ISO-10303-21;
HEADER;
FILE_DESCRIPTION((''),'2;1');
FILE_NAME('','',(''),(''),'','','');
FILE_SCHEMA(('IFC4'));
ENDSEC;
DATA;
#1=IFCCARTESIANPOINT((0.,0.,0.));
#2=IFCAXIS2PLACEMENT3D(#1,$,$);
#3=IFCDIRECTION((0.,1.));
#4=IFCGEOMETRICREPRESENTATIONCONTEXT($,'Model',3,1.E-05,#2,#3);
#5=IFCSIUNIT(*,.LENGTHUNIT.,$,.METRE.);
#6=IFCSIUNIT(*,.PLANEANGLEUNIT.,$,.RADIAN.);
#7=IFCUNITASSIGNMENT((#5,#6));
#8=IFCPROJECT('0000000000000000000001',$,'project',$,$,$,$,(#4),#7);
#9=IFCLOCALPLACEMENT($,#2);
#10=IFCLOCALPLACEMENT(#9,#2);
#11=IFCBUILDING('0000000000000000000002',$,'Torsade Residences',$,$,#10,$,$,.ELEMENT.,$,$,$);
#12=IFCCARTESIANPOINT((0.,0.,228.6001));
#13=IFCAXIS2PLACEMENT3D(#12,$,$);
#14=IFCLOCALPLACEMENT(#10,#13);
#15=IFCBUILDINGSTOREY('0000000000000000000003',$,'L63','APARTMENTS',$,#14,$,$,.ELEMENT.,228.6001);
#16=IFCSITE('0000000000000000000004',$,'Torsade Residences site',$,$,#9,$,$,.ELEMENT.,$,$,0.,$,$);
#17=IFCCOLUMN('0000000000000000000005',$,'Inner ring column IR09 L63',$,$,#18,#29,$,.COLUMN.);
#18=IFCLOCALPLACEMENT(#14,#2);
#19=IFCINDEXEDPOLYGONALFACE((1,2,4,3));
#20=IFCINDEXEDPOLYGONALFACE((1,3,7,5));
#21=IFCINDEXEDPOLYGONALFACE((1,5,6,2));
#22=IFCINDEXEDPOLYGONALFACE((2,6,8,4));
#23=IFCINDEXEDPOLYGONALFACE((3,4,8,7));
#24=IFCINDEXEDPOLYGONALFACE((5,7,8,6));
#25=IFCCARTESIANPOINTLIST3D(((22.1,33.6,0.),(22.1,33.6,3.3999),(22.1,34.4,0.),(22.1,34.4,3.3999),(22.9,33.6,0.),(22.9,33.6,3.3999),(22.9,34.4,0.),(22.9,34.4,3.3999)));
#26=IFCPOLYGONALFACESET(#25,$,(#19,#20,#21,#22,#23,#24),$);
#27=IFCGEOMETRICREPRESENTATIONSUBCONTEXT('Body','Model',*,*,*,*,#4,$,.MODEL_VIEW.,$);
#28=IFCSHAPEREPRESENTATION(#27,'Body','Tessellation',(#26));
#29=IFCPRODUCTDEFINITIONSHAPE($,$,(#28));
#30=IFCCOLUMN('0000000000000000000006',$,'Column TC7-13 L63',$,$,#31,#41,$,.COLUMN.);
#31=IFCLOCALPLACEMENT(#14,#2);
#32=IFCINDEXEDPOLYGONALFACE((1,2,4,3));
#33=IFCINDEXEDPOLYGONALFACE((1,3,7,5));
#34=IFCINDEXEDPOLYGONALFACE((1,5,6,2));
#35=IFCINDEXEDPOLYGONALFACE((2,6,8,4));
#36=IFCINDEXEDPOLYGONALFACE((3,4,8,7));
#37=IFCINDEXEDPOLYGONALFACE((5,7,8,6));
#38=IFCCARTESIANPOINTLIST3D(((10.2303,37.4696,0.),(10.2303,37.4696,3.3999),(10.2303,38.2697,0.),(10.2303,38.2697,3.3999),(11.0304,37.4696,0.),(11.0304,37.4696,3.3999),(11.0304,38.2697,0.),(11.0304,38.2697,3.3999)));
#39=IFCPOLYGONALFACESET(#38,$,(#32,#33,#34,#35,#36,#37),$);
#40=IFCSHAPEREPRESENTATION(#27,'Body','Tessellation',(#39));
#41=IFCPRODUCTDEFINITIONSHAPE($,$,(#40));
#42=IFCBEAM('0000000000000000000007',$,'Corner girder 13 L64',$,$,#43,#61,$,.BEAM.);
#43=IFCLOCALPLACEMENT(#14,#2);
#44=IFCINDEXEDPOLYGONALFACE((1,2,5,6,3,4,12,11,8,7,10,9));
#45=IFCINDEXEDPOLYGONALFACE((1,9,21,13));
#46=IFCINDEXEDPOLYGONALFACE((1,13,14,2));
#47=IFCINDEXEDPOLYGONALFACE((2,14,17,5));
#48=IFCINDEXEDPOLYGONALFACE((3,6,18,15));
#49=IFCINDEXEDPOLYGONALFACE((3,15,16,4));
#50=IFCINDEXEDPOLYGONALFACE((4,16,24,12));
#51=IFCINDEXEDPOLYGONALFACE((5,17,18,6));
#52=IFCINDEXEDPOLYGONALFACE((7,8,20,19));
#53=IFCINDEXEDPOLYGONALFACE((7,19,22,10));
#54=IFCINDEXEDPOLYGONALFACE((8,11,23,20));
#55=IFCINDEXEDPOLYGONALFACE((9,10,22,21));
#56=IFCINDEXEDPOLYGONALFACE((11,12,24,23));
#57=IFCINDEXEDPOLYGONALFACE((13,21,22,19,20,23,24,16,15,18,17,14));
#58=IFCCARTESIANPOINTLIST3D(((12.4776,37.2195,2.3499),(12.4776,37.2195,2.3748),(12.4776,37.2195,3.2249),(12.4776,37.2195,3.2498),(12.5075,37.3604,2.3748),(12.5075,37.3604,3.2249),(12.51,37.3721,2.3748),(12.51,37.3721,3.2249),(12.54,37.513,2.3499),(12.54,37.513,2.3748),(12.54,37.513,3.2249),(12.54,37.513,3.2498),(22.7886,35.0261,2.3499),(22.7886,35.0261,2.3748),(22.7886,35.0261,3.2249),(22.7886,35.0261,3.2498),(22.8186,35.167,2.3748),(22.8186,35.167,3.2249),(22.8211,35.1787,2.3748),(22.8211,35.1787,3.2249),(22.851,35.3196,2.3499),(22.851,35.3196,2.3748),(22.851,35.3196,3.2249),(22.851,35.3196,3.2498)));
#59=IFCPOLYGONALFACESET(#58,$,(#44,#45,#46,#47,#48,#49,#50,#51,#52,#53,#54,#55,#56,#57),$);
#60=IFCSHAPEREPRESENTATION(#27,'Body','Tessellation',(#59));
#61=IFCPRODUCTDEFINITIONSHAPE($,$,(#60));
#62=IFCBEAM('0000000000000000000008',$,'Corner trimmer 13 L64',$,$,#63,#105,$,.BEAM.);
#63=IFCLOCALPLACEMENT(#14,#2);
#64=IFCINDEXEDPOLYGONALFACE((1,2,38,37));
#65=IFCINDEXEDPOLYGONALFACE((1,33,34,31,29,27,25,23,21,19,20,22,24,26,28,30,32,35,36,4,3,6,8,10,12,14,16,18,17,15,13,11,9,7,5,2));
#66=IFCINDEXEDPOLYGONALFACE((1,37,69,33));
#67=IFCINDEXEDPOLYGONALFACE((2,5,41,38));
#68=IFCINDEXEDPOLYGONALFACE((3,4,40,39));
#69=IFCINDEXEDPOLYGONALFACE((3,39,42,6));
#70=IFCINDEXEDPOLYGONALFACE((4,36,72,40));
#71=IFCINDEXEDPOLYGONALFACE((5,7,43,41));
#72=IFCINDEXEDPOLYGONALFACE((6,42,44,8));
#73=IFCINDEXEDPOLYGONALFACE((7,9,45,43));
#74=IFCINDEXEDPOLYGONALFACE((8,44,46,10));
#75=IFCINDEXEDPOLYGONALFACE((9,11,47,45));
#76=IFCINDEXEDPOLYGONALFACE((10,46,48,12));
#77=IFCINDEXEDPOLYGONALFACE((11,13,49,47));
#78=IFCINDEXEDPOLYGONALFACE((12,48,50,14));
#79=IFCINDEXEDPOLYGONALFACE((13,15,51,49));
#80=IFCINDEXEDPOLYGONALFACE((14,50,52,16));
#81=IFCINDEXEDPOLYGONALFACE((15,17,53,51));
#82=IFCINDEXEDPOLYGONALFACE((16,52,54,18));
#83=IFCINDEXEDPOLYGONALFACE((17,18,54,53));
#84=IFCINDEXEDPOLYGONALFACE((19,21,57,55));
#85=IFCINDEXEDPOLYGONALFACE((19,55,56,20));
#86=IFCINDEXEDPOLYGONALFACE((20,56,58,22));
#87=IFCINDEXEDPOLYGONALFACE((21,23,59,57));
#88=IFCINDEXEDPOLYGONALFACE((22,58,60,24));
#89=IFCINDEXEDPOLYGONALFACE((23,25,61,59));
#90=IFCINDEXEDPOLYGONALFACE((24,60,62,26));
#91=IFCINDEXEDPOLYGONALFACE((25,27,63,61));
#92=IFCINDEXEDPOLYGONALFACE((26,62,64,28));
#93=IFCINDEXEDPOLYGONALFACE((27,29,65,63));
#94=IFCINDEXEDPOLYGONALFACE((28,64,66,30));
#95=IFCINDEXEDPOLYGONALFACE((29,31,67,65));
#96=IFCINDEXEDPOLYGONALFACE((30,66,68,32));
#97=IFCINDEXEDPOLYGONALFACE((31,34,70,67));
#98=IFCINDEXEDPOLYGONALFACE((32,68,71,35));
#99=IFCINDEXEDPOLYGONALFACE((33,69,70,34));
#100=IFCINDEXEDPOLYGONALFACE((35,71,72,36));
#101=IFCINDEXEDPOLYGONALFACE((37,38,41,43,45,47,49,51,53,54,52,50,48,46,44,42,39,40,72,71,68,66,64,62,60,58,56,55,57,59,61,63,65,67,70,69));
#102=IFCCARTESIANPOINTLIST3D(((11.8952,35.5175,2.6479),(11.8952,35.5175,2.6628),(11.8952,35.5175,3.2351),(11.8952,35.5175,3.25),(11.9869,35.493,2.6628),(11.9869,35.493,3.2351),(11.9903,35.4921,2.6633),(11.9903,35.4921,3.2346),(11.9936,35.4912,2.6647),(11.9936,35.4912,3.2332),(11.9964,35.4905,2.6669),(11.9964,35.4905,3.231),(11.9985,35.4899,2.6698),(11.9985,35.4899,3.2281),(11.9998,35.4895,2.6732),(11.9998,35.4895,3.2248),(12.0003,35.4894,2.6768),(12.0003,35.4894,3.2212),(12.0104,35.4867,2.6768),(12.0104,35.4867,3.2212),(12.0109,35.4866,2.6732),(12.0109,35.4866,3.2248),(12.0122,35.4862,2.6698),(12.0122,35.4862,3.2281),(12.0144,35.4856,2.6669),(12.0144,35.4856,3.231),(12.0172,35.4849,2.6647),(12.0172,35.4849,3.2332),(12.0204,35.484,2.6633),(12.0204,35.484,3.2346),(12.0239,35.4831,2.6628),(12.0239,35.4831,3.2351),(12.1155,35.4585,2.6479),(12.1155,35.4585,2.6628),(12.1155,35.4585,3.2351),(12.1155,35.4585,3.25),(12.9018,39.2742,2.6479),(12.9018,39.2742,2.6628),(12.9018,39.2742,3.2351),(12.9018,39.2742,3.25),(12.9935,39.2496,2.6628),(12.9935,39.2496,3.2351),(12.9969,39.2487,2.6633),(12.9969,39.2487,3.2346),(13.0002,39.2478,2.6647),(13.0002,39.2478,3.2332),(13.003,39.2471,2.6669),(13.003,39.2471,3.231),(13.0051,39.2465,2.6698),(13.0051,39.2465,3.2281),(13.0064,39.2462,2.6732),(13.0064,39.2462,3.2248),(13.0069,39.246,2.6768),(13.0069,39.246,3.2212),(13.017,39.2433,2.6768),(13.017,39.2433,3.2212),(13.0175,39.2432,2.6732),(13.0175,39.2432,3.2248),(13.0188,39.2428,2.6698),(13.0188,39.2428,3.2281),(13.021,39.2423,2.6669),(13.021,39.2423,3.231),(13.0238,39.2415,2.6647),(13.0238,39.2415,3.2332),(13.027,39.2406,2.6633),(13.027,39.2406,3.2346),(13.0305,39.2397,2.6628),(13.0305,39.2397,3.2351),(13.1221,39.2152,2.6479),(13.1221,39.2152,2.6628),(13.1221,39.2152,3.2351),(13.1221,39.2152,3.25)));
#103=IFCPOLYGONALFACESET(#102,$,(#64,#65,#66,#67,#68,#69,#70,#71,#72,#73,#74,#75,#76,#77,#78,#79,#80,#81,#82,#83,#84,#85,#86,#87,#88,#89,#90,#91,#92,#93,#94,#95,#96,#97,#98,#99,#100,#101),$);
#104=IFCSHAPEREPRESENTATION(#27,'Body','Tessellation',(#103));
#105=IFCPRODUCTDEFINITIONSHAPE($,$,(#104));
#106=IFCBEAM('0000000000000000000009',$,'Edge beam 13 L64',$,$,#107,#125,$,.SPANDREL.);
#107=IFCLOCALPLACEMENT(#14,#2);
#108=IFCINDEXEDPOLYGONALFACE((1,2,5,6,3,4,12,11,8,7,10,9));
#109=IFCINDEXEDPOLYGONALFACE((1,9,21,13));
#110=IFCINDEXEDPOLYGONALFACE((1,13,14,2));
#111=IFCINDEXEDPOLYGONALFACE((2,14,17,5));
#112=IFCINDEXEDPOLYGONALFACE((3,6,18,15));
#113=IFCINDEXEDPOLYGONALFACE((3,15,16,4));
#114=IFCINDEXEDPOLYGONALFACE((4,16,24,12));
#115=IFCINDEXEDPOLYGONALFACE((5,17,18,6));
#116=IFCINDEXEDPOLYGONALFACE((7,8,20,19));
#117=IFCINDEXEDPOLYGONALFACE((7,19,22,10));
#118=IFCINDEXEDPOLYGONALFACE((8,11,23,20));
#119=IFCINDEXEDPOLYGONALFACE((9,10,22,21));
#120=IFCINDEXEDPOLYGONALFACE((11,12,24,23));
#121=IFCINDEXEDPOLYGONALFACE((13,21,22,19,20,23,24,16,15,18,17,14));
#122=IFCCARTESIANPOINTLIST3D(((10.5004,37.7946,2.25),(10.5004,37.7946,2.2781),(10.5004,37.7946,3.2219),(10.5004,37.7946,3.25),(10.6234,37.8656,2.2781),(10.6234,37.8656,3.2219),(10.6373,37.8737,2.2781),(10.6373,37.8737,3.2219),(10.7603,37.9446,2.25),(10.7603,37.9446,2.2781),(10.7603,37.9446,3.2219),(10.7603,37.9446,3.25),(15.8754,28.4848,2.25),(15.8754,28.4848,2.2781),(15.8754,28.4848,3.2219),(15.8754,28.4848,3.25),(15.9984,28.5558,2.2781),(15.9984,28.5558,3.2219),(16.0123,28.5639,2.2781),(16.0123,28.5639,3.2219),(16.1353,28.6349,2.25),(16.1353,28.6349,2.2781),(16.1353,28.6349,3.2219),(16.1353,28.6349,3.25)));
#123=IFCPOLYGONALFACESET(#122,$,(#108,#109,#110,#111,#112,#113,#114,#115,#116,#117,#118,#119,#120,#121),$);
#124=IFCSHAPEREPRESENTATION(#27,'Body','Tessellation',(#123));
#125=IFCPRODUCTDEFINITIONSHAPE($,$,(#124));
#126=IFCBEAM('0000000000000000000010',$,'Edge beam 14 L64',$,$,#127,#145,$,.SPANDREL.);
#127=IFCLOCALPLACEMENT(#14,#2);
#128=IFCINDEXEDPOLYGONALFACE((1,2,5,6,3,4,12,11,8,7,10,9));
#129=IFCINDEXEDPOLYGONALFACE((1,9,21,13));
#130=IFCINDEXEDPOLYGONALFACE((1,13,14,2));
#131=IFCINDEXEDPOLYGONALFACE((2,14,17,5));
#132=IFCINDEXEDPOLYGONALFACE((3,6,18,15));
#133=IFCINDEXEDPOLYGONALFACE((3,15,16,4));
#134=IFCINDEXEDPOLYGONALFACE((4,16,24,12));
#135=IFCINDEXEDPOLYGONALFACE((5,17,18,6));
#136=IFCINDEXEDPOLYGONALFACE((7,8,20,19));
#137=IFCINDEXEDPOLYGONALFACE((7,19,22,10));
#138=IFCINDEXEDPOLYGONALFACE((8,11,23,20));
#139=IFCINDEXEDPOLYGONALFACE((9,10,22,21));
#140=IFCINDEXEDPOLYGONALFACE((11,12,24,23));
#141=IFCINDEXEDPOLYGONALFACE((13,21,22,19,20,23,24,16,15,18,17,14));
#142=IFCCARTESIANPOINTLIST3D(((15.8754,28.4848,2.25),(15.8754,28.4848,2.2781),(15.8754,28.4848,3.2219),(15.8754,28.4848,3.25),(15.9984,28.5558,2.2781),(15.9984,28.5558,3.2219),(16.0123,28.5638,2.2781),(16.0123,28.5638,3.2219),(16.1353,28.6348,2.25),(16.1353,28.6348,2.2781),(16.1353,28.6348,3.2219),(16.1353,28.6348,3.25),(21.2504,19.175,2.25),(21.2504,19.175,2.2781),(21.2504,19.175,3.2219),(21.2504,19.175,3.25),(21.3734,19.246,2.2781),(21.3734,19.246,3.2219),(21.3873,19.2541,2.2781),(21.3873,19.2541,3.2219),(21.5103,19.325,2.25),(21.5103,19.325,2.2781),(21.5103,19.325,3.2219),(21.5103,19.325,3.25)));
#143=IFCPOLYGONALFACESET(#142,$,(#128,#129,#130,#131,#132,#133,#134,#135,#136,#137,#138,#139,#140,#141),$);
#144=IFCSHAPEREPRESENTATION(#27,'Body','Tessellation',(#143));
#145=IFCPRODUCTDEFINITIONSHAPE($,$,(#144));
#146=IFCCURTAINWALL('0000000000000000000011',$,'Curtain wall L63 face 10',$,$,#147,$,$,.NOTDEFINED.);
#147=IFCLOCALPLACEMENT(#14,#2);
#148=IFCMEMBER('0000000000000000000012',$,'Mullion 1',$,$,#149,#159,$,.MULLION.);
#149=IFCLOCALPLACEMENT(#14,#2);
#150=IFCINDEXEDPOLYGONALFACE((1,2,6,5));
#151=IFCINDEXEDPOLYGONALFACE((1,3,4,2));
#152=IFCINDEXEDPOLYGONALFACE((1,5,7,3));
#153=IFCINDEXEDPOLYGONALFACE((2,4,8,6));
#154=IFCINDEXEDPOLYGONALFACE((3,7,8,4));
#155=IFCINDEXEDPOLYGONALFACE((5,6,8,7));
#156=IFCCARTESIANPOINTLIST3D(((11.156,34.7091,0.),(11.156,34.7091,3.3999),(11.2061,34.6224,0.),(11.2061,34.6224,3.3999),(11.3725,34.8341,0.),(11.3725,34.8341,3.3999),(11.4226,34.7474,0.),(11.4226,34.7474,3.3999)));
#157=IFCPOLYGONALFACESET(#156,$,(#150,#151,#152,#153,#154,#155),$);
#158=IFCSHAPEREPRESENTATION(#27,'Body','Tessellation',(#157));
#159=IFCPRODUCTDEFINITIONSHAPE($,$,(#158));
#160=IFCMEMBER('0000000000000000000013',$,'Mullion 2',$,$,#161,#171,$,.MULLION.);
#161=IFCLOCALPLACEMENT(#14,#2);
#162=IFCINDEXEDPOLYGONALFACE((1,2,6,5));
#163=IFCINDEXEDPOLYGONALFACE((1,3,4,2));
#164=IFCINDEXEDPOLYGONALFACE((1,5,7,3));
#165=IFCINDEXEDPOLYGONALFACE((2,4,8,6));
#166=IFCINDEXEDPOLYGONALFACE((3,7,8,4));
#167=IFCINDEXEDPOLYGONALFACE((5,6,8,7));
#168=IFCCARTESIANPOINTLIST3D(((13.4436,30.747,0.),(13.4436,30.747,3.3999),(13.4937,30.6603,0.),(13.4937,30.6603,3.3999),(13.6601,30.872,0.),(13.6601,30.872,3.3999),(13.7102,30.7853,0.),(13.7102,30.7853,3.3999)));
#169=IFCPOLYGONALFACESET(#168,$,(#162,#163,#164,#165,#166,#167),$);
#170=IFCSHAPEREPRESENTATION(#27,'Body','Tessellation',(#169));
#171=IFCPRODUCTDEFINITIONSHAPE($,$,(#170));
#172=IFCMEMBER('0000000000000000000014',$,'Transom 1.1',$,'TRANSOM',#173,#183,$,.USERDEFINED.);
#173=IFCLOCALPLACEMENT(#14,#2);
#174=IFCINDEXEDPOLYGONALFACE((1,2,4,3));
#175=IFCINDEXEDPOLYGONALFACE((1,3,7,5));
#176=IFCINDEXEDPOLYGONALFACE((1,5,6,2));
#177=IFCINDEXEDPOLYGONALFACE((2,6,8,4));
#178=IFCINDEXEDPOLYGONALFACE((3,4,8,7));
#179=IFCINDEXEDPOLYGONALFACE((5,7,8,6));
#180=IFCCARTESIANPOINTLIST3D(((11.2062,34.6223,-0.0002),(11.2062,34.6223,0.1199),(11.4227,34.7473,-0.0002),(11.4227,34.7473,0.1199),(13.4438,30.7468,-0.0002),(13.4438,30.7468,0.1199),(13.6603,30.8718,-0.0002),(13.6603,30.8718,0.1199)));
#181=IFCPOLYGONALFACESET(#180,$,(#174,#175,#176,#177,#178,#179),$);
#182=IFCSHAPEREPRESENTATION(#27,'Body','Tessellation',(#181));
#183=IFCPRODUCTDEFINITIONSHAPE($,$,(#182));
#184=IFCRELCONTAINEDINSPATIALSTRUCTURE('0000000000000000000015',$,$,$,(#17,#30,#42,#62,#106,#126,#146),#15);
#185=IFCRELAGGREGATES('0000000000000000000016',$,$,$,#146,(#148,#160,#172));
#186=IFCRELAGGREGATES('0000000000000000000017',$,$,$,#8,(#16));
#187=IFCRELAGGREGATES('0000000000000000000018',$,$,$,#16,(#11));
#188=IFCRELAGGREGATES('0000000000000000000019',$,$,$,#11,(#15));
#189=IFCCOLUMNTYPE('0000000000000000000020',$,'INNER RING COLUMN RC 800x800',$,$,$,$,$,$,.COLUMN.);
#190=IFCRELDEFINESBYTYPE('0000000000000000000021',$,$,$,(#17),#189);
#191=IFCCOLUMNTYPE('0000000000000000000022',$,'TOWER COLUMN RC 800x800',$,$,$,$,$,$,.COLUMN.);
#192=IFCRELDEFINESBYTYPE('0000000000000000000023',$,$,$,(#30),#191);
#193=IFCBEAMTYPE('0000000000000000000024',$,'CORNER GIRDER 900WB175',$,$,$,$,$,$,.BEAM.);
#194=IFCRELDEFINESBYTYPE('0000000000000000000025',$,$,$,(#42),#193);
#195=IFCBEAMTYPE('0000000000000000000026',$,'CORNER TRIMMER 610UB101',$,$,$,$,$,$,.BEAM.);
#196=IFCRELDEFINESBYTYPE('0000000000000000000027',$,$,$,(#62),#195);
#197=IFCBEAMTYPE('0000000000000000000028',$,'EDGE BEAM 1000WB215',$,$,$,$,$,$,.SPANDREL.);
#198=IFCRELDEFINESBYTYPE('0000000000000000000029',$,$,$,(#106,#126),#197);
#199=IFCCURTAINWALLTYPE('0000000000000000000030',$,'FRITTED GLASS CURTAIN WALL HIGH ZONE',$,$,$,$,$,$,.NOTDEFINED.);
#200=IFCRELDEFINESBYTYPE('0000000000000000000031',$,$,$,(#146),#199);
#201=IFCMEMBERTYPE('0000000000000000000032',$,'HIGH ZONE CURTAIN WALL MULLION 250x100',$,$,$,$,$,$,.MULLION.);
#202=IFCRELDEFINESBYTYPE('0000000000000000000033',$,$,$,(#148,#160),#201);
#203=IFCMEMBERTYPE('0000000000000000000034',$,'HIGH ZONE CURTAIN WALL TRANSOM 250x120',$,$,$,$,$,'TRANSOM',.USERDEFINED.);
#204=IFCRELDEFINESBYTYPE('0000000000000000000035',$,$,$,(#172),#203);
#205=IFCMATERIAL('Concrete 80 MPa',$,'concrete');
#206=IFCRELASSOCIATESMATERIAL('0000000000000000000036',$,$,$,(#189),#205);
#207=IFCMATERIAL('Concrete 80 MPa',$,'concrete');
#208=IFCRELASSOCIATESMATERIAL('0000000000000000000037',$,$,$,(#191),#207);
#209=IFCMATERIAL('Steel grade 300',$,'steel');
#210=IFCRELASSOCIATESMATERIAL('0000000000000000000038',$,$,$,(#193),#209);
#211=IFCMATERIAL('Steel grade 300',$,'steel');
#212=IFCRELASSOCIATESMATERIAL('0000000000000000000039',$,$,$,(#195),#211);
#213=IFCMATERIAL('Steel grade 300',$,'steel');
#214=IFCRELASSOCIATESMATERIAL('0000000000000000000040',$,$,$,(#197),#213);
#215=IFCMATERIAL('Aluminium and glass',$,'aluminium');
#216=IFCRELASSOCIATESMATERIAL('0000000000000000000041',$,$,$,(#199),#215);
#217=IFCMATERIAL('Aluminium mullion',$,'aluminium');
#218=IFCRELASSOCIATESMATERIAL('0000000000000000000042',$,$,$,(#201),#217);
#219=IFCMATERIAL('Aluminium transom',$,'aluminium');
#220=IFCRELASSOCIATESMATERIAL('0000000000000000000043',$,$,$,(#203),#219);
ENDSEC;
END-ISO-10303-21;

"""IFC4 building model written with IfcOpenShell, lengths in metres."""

from ifc_helpers import new_model, si_unit, direction, frame, origin, origin_2d, place, context, subcontext, project, spatial, rectangle, i_section, extrude, material, material_profile, profile_set, type_object, element, aggregate, save


model = new_model("IFC4")

# Units and contexts
model_context = context("Model", 3, precision=1e-05, world=origin(), true_north=direction((0.0, 1.0)))
body_context = subcontext(model_context, "Body", "Model", "MODEL_VIEW")
ifc_project = project(units=[si_unit("LENGTHUNIT", "METRE"), si_unit("PLANEANGLEUNIT", "RADIAN")], contexts=[model_context])

# Site, building, storey
site_placement = place(None, origin())
site = spatial("IfcSite", under=ifc_project, at=site_placement, Name="Torsade Residences site", CompositionType="ELEMENT", RefElevation=0.0)
building_placement = place(site_placement, origin())
building = spatial("IfcBuilding", under=site, at=building_placement, Name="Torsade Residences", CompositionType="ELEMENT")
storey_placement = place(building_placement, frame((0.0, 0.0, 228.6001)))
storey = spatial("IfcBuildingStorey", under=building, at=storey_placement, Name="L63", Description="APARTMENTS", CompositionType="ELEMENT", Elevation=228.6001)

# Columns
ifc_material_1 = material(Name="Concrete 80 MPa", Category="concrete")
ifc_material_profile_1 = material_profile(ifc_material_1, rectangle(XDim=0.8, YDim=0.8, at=origin_2d()), Name="RC 800x800")
ifc_profile_set_1 = profile_set([ifc_material_profile_1], Name="Concrete 80 MPa")
column_type_1 = type_object("IfcColumnType", Name="INNER RING COLUMN RC 800x800", PredefinedType="COLUMN", material=ifc_profile_set_1)
column_1_placement = place(storey_placement, frame((22.5, 34.0, 0.0), z_axis=(0.0, 0.0, 1.0), x_axis=(1.0, 0.0, 0.0)))
element("IfcColumn", 1, at=column_1_placement, inside=storey, type_object=column_type_1, Name="Inner ring column IR09 L63", PredefinedType="COLUMN", context=body_context, shape_type="SweptSolid", body=[
    extrude(rectangle(XDim=0.8, YDim=0.8, at=origin_2d()), origin(), (0.0, 0.0, 1.0), 3.3999),
])
ifc_material_2 = material(Name="Concrete 80 MPa", Category="concrete")
ifc_material_profile_2 = material_profile(ifc_material_2, rectangle(XDim=0.8, YDim=0.8, at=origin_2d()), Name="RC 800x800")
ifc_profile_set_2 = profile_set([ifc_material_profile_2], Name="Concrete 80 MPa")
column_type_2 = type_object("IfcColumnType", Name="TOWER COLUMN RC 800x800", PredefinedType="COLUMN", material=ifc_profile_set_2)
column_2_placement = place(storey_placement, frame((10.6304, 37.8696, 0.0), z_axis=(0.0, 0.0, 1.0), x_axis=(1.0, 0.0, 0.0)))
element("IfcColumn", 2, at=column_2_placement, inside=storey, type_object=column_type_2, Name="Column TC7-13 L63", PredefinedType="COLUMN", context=body_context, shape_type="SweptSolid", body=[
    extrude(rectangle(XDim=0.8, YDim=0.8, at=origin_2d()), origin(), (0.0, 0.0, 1.0), 3.3999),
])

# Beams
ifc_material_3 = material(Name="Steel grade 300", Category="steel")
ifc_material_profile_3 = material_profile(ifc_material_3, i_section(OverallWidth=0.3, OverallDepth=0.8999, WebThickness=0.012, FlangeThickness=0.0249, at=origin_2d()), Name="900WB175")
ifc_profile_set_3 = profile_set([ifc_material_profile_3], Name="Steel grade 300")
beam_type_1 = type_object("IfcBeamType", Name="CORNER GIRDER 900WB175", PredefinedType="BEAM", material=ifc_profile_set_3)
beam_1_placement = place(storey_placement, frame((12.5088, 37.3662, 2.7998), z_axis=(0.978115, -0.208064, 0.0), x_axis=(0.208064, 0.978115, 0.0)))
element("IfcBeam", 3, at=beam_1_placement, inside=storey, type_object=beam_type_1, Name="Corner girder 13 L64", PredefinedType="BEAM", context=body_context, shape_type="SweptSolid", body=[
    extrude(i_section(OverallWidth=0.3, OverallDepth=0.8999, WebThickness=0.012, FlangeThickness=0.0249, at=origin_2d()), origin(), (0.0, 0.0, 1.0), 10.5417),
])
ifc_material_4 = material(Name="Steel grade 300", Category="steel")
ifc_material_profile_4 = material_profile(ifc_material_4, i_section(OverallWidth=0.228, OverallDepth=0.6021, WebThickness=0.0105, FlangeThickness=0.0149, FilletRadius=0.0139, at=origin_2d()), Name="610UB101")
ifc_profile_set_4 = profile_set([ifc_material_profile_4], Name="Steel grade 300")
beam_type_2 = type_object("IfcBeamType", Name="CORNER TRIMMER 610UB101", PredefinedType="BEAM", material=ifc_profile_set_4)
beam_2_placement = place(storey_placement, frame((12.0054, 35.488, 2.949), z_axis=(0.258823, 0.965925, 0.0), x_axis=(-0.965925, 0.258823, 0.0)))
element("IfcBeam", 4, at=beam_2_placement, inside=storey, type_object=beam_type_2, Name="Corner trimmer 13 L64", PredefinedType="BEAM", context=body_context, shape_type="SweptSolid", body=[
    extrude(i_section(OverallWidth=0.228, OverallDepth=0.6021, WebThickness=0.0105, FlangeThickness=0.0149, FilletRadius=0.0139, at=origin_2d()), origin(), (0.0, 0.0, 1.0), 3.8892),
])
ifc_material_5 = material(Name="Steel grade 300", Category="steel")
ifc_material_profile_5 = material_profile(ifc_material_5, i_section(OverallWidth=0.3, OverallDepth=1.0, WebThickness=0.0161, FlangeThickness=0.0281, at=origin_2d()), Name="1000WB215")
ifc_profile_set_5 = profile_set([ifc_material_profile_5], Name="Steel grade 300")
beam_type_3 = type_object("IfcBeamType", Name="EDGE BEAM 1000WB215", PredefinedType="SPANDREL", material=ifc_profile_set_5)
for number, where, z_axis, x_axis, name in (
    (5, (10.6304, 37.8696, 2.75), (0.499998, -0.866026, 0.0), (0.866026, 0.499998, 0.0), "Edge beam 13 L64"),
    (6, (16.0054, 28.5598, 2.75), (0.499998, -0.866026, 0.0), (0.866026, 0.499998, 0.0), "Edge beam 14 L64"),
):
    element("IfcBeam", number, at=place(storey_placement, frame(where, z_axis=z_axis, x_axis=x_axis)), inside=storey, type_object=beam_type_3, Name=name, PredefinedType="SPANDREL", context=body_context, shape_type="SweptSolid", body=[
        extrude(i_section(OverallWidth=0.3, OverallDepth=1.0, WebThickness=0.0161, FlangeThickness=0.0281, at=origin_2d()), origin(), (0.0, 0.0, 1.0), 10.75),
    ])

# Curtain wall, members
ifc_material_6 = material(Name="Aluminium and glass", Category="aluminium")
curtain_wall_type = type_object("IfcCurtainWallType", Name="FRITTED GLASS CURTAIN WALL HIGH ZONE", PredefinedType="NOTDEFINED", material=ifc_material_6)
curtain_wall_placement = place(storey_placement, origin())
curtain_wall = element("IfcCurtainWall", 7, at=curtain_wall_placement, inside=storey, type_object=curtain_wall_type, Name="Curtain wall L63 face 10", PredefinedType="NOTDEFINED")
ifc_material_7 = material(Name="Aluminium mullion", Category="aluminium")
ifc_material_profile_6 = material_profile(ifc_material_7, rectangle(XDim=0.25, YDim=0.1001, at=origin_2d()), Name="HIGH ZONE CURTAIN WALL MULLION 250x100")
ifc_profile_set_6 = profile_set([ifc_material_profile_6], Name="Aluminium mullion")
member_type_1 = type_object("IfcMemberType", Name="HIGH ZONE CURTAIN WALL MULLION 250x100", PredefinedType="MULLION", material=ifc_profile_set_6)
member_1_placement = place(storey_placement, frame((11.2893, 34.7283, 0.0), z_axis=(0.0, 0.0, 1.0), x_axis=(0.866025, 0.5, 0.0)))
member_1 = element("IfcMember", 8, at=member_1_placement, type_object=member_type_1, Name="Mullion 1", PredefinedType="MULLION", context=body_context, shape_type="SweptSolid", body=[
    extrude(rectangle(XDim=0.25, YDim=0.1001, at=origin_2d()), origin(), (0.0, 0.0, 1.0), 3.3999),
])
member_2_placement = place(storey_placement, frame((13.5769, 30.7661, 0.0), z_axis=(0.0, 0.0, 1.0), x_axis=(0.866025, 0.5, 0.0)))
member_2 = element("IfcMember", 9, at=member_2_placement, type_object=member_type_1, Name="Mullion 2", PredefinedType="MULLION", context=body_context, shape_type="SweptSolid", body=[
    extrude(rectangle(XDim=0.25, YDim=0.1001, at=origin_2d()), origin(), (0.0, 0.0, 1.0), 3.3999),
])
ifc_material_8 = material(Name="Aluminium transom", Category="aluminium")
ifc_material_profile_7 = material_profile(ifc_material_8, rectangle(XDim=0.25, YDim=0.1201, at=origin_2d()), Name="HIGH ZONE CURTAIN WALL TRANSOM 250x120")
ifc_profile_set_7 = profile_set([ifc_material_profile_7], Name="Aluminium transom")
member_type_2 = type_object("IfcMemberType", Name="HIGH ZONE CURTAIN WALL TRANSOM 250x120", ElementType="TRANSOM", PredefinedType="USERDEFINED", material=ifc_profile_set_7)
member_3_placement = place(storey_placement, frame((11.3145, 34.6848, 0.0598), z_axis=(0.500006, -0.866022, 0.0), x_axis=(0.866022, 0.500006, 0.0)))
member_3 = element("IfcMember", 10, at=member_3_placement, type_object=member_type_2, Name="Transom 1.1", ObjectType="TRANSOM", PredefinedType="USERDEFINED", context=body_context, shape_type="SweptSolid", body=[
    extrude(rectangle(XDim=0.25, YDim=0.1201, at=origin_2d()), origin(), (0.0, 0.0, 1.0), 4.4751),
])

aggregate(curtain_wall, [member_1, member_2, member_3])

save(model, "model.ifc")
